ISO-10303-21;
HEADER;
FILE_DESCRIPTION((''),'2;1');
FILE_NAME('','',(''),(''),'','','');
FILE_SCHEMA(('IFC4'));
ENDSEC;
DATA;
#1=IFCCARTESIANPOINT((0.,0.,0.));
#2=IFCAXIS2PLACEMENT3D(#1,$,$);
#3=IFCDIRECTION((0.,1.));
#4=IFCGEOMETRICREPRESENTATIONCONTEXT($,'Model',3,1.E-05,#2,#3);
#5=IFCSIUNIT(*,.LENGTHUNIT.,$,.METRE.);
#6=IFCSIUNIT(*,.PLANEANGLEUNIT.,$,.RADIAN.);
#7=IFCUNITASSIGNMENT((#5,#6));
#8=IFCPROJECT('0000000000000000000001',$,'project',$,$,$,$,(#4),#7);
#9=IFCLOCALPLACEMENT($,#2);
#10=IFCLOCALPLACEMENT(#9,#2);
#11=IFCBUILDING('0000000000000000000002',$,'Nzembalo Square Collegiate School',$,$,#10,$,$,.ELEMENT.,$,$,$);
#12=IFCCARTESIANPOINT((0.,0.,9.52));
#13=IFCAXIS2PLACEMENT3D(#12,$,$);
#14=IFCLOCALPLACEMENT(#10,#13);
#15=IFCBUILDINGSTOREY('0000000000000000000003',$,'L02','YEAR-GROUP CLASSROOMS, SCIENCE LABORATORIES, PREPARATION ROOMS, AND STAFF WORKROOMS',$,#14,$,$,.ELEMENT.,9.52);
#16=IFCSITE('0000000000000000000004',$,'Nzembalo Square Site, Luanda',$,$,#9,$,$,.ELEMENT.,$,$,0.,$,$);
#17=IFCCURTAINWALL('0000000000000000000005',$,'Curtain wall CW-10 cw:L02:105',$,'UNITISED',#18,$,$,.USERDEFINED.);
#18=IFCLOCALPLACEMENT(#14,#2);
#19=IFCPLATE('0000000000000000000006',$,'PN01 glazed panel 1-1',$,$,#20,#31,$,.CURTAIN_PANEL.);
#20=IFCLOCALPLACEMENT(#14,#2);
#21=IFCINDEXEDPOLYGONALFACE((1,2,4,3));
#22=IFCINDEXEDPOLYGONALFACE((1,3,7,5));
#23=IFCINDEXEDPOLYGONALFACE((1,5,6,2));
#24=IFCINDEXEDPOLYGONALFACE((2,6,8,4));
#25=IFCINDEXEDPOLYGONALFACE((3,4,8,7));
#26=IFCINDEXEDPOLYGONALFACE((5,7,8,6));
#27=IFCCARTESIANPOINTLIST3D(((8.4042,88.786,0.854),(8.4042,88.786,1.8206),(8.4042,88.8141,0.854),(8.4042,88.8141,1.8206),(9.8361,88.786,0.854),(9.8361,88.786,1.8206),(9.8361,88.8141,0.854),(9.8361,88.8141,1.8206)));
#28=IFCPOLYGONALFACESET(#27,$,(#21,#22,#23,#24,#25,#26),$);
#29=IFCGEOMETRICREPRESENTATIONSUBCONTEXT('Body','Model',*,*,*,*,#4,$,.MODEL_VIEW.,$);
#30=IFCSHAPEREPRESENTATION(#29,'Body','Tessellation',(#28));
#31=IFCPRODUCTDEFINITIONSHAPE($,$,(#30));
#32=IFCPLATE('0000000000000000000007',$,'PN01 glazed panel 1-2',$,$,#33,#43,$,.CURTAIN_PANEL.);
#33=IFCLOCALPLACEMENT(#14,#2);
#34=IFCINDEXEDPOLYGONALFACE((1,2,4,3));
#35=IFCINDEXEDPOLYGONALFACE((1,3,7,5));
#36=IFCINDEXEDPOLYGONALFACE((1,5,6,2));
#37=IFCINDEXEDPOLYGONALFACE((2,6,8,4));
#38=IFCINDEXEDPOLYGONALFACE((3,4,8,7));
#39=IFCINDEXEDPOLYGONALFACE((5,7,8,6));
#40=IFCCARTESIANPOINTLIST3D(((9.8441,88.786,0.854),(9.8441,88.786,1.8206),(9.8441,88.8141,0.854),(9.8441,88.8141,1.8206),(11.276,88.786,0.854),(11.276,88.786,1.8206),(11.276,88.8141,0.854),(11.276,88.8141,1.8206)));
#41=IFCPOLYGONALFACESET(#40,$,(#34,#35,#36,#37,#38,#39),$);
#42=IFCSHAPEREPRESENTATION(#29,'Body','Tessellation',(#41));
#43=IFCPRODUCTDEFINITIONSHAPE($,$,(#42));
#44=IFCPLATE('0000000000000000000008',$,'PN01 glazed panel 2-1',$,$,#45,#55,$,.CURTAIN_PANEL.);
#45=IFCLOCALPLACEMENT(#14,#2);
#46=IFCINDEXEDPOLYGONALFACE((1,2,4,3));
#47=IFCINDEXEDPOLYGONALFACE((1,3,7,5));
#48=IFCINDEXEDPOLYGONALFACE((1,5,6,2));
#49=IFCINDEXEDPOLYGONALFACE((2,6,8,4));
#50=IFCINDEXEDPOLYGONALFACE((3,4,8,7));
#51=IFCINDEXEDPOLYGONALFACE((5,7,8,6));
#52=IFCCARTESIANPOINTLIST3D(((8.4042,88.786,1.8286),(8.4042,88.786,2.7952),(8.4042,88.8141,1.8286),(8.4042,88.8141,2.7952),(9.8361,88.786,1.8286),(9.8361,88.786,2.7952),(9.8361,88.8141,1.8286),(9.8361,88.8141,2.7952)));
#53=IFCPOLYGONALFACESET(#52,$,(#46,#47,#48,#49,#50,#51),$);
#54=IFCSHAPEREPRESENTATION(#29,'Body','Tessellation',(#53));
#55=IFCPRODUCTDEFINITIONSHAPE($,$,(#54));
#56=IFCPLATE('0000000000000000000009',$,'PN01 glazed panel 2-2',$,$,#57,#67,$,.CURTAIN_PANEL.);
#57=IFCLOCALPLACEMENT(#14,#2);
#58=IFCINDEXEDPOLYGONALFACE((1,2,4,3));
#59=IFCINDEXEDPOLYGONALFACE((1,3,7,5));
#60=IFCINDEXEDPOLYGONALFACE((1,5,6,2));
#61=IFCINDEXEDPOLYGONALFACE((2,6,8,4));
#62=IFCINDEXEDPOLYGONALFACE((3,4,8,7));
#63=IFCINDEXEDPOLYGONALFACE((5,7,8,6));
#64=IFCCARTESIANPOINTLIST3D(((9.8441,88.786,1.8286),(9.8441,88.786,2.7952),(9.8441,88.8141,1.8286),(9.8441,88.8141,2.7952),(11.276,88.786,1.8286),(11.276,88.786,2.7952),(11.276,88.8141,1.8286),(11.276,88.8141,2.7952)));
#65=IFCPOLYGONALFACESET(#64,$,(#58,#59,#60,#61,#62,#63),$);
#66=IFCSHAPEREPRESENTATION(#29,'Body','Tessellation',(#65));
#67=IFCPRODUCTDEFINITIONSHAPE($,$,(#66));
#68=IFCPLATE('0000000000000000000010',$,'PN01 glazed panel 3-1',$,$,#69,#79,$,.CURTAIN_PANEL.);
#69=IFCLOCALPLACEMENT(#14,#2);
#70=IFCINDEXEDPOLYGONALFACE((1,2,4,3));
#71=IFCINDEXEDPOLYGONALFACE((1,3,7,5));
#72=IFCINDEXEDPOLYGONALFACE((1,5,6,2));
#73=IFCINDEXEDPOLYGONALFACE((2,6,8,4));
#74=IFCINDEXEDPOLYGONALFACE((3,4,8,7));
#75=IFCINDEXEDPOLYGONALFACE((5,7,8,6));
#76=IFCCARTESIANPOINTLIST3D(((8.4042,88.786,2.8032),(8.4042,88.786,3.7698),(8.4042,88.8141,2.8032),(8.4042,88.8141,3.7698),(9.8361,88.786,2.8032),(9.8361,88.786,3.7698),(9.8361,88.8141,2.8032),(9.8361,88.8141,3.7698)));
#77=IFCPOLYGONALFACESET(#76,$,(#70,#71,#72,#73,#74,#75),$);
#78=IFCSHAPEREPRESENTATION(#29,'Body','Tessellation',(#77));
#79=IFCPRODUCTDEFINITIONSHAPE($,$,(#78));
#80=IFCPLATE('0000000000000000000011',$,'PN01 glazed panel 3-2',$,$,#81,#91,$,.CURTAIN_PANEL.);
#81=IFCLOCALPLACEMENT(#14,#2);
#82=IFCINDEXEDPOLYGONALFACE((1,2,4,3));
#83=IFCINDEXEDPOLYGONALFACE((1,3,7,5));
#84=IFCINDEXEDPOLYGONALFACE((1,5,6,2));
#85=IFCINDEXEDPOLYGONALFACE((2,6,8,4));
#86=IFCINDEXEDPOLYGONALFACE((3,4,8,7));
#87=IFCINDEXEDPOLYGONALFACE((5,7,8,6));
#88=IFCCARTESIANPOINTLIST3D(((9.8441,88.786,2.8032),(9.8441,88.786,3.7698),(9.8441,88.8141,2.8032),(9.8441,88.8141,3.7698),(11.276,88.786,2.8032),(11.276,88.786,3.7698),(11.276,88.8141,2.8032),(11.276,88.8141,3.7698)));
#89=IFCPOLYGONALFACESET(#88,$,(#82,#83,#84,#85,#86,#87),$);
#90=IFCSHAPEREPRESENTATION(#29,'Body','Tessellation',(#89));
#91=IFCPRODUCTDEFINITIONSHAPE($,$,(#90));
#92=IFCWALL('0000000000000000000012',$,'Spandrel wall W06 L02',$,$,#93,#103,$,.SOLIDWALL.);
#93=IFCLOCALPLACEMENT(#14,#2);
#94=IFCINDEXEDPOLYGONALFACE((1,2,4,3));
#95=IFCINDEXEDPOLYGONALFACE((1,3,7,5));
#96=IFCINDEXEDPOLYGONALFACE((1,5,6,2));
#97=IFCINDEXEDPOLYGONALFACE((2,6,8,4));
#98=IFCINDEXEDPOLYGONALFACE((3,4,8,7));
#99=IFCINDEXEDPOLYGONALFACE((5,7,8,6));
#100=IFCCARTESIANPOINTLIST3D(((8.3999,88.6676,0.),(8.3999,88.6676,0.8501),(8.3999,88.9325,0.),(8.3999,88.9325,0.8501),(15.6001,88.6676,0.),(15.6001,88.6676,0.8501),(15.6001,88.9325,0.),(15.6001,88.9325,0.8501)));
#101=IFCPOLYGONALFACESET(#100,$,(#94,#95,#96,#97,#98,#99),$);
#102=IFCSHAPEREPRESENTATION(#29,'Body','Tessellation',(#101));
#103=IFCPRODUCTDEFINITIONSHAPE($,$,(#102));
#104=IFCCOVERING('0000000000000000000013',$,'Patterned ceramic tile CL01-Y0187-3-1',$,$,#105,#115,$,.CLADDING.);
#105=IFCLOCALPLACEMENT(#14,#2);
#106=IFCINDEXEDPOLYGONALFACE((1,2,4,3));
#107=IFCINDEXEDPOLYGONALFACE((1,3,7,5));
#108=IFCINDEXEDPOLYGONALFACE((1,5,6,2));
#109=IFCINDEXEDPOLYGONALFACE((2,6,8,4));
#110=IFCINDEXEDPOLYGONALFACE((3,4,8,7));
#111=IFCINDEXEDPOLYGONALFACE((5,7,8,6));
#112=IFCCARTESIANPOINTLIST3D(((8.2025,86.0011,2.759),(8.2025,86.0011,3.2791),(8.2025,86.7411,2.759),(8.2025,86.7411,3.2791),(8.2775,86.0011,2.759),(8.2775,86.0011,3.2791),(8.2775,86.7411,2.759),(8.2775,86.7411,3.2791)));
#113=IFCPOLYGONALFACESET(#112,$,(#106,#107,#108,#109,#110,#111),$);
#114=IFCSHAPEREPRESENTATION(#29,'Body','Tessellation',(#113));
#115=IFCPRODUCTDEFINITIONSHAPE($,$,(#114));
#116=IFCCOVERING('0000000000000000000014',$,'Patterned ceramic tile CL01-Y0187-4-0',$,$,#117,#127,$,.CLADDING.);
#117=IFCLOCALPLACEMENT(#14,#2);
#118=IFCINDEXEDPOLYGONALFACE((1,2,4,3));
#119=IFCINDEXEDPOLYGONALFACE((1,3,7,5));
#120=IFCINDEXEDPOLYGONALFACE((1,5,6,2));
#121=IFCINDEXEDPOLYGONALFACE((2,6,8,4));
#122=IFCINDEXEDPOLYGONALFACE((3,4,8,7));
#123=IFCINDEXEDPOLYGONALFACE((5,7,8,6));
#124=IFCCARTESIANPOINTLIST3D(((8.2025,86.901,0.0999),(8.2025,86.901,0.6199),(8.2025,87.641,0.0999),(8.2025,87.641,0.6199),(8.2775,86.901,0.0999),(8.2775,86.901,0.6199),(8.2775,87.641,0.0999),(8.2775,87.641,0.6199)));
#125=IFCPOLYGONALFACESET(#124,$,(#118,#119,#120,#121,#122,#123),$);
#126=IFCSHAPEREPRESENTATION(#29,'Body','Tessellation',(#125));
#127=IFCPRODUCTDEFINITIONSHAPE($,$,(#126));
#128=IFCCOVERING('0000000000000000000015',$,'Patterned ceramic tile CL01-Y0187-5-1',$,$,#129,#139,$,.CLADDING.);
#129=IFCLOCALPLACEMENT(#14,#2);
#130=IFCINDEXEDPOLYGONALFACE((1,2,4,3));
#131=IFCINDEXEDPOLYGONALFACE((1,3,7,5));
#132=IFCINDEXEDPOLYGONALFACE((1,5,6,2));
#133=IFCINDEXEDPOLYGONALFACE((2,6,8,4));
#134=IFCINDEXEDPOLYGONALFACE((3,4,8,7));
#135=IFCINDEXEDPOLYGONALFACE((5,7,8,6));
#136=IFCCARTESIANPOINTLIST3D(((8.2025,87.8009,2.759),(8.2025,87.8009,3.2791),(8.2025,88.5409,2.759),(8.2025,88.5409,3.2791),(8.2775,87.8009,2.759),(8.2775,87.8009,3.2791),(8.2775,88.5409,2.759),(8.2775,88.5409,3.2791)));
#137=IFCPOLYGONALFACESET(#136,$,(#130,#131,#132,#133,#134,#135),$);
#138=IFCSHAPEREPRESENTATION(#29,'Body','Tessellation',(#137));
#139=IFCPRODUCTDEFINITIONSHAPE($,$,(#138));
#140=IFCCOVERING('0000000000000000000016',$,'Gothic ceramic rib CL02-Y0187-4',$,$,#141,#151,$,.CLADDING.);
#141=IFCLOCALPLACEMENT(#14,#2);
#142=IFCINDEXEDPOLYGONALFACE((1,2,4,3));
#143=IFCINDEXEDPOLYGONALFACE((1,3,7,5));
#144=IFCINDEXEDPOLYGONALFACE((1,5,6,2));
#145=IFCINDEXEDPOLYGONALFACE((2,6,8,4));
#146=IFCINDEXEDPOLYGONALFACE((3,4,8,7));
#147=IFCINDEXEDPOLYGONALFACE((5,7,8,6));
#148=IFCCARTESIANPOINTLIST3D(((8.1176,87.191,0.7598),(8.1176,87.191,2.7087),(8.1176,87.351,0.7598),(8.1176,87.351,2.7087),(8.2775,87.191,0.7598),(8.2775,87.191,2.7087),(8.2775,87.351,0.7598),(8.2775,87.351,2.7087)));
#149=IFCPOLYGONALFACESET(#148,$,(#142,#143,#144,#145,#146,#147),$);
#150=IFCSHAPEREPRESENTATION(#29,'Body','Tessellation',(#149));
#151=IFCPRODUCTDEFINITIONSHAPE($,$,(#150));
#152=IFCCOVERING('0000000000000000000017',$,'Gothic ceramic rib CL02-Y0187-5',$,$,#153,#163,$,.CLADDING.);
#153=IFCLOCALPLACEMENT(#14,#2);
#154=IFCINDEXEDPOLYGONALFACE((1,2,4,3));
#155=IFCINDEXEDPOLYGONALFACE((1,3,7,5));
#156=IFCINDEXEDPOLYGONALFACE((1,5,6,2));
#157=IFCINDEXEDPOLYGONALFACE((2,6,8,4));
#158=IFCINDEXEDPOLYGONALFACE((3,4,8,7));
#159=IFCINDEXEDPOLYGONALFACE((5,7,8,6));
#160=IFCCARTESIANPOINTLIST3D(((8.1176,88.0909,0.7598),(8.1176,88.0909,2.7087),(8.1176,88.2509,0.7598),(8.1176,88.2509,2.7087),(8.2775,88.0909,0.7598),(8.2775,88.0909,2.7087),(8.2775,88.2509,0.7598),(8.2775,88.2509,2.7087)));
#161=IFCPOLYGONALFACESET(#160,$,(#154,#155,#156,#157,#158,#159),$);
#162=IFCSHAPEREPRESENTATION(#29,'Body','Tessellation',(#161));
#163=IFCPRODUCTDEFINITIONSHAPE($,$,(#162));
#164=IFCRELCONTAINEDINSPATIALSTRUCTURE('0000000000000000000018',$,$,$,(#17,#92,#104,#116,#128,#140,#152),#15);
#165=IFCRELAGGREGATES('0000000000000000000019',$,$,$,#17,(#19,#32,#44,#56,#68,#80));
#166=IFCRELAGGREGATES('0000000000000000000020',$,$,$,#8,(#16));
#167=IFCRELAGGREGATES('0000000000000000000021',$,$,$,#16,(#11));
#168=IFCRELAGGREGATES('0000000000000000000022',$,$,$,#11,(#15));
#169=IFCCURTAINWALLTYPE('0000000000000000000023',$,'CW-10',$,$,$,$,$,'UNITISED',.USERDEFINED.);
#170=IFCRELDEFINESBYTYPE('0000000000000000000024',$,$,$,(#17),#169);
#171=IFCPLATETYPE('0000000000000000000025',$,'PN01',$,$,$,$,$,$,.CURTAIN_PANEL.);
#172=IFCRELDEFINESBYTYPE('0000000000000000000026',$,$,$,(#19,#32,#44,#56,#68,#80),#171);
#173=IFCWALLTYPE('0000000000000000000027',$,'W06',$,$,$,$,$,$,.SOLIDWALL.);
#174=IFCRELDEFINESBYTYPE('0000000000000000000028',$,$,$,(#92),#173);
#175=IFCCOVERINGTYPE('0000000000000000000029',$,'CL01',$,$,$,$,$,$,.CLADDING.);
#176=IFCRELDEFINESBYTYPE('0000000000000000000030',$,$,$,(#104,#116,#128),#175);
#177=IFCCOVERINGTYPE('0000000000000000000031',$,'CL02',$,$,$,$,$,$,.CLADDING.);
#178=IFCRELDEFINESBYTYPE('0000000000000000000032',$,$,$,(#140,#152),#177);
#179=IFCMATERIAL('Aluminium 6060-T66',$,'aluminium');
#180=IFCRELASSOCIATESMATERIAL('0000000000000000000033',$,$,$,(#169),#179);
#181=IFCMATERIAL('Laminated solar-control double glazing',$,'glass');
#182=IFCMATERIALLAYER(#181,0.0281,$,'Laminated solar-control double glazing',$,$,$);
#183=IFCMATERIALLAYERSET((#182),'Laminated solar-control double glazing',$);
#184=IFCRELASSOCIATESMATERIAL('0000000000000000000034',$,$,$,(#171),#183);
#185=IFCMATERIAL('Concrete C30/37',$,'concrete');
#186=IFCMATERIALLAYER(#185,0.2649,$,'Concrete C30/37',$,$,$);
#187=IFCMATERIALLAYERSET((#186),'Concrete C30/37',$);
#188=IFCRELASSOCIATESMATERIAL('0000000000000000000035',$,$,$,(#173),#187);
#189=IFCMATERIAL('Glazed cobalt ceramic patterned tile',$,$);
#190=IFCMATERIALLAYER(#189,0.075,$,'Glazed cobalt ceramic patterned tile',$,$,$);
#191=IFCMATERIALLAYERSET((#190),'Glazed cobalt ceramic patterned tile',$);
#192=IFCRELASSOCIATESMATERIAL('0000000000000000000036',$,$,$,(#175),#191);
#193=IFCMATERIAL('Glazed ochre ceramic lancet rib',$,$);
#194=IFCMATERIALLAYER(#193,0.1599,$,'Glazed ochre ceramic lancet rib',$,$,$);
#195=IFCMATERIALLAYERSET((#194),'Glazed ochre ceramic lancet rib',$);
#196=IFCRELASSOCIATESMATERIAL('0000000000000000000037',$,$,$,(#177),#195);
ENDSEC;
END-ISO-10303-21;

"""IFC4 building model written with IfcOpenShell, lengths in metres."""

from ifc_helpers import new_model, si_unit, direction, frame, frame_2d, origin, origin_2d, place, context, subcontext, project, spatial, rectangle, extrude, material, layer, layer_set, type_object, element, aggregate, save


model = new_model("IFC4")

# Units and contexts
model_context = context("Model", 3, precision=1e-05, world=origin(), true_north=direction((0.0, 1.0)))
body_context = subcontext(model_context, "Body", "Model", "MODEL_VIEW")
ifc_project = project(units=[si_unit("LENGTHUNIT", "METRE"), si_unit("PLANEANGLEUNIT", "RADIAN")], contexts=[model_context])

# Site, building, storey
site_placement = place(None, origin())
site = spatial("IfcSite", under=ifc_project, at=site_placement, Name="Nzembalo Square Site, Luanda", CompositionType="ELEMENT", RefElevation=0.0)
building_placement = place(site_placement, origin())
building = spatial("IfcBuilding", under=site, at=building_placement, Name="Nzembalo Square Collegiate School", CompositionType="ELEMENT")
storey_placement = place(building_placement, frame((0.0, 0.0, 9.52)))
storey = spatial("IfcBuildingStorey", under=building, at=storey_placement, Name="L02", Description="YEAR-GROUP CLASSROOMS, SCIENCE LABORATORIES, PREPARATION ROOMS, AND STAFF WORKROOMS", CompositionType="ELEMENT", Elevation=9.52)

# Curtain wall, plates
ifc_material_1 = material(Name="Aluminium 6060-T66", Category="aluminium")
curtain_wall_type = type_object("IfcCurtainWallType", Name="CW-10", ElementType="UNITISED", PredefinedType="USERDEFINED", material=ifc_material_1)
curtain_wall_placement = place(storey_placement, origin())
curtain_wall = element("IfcCurtainWall", 1, at=curtain_wall_placement, inside=storey, type_object=curtain_wall_type, Name="Curtain wall CW-10 cw:L02:105", ObjectType="UNITISED", PredefinedType="USERDEFINED")
ifc_material_2 = material(Name="Laminated solar-control double glazing", Category="glass")
ifc_layer_1 = layer(ifc_material_2, 0.0281, Name="Laminated solar-control double glazing")
ifc_layer_set_1 = layer_set([ifc_layer_1], Name="Laminated solar-control double glazing")
plate_type = type_object("IfcPlateType", Name="PN01", PredefinedType="CURTAIN_PANEL", material=ifc_layer_set_1)
plate_1_placement = place(storey_placement, frame((9.1201, 88.8, 0.854), z_axis=(0.0, 0.0, 1.0), x_axis=(1.0, 0.0, 0.0)))
plate_1 = element("IfcPlate", 2, at=plate_1_placement, type_object=plate_type, Name="PN01 glazed panel 1-1", PredefinedType="CURTAIN_PANEL", context=body_context, shape_type="SweptSolid", body=[
    extrude(rectangle(XDim=1.4319, YDim=0.0281, at=origin_2d()), origin(), (0.0, 0.0, 1.0), 0.9666),
])
plate_2_placement = place(storey_placement, frame((10.5601, 88.8, 0.854), z_axis=(0.0, 0.0, 1.0), x_axis=(1.0, 0.0, 0.0)))
plate_2 = element("IfcPlate", 3, at=plate_2_placement, type_object=plate_type, Name="PN01 glazed panel 1-2", PredefinedType="CURTAIN_PANEL", context=body_context, shape_type="SweptSolid", body=[
    extrude(rectangle(XDim=1.4319, YDim=0.0281, at=origin_2d()), origin(), (0.0, 0.0, 1.0), 0.9666),
])
plate_3_placement = place(storey_placement, frame((9.1201, 88.8, 1.8286), z_axis=(0.0, 0.0, 1.0), x_axis=(1.0, 0.0, 0.0)))
plate_3 = element("IfcPlate", 4, at=plate_3_placement, type_object=plate_type, Name="PN01 glazed panel 2-1", PredefinedType="CURTAIN_PANEL", context=body_context, shape_type="SweptSolid", body=[
    extrude(rectangle(XDim=1.4319, YDim=0.0281, at=origin_2d()), origin(), (0.0, 0.0, 1.0), 0.9666),
])
plate_4_placement = place(storey_placement, frame((10.5601, 88.8, 1.8286), z_axis=(0.0, 0.0, 1.0), x_axis=(1.0, 0.0, 0.0)))
plate_4 = element("IfcPlate", 5, at=plate_4_placement, type_object=plate_type, Name="PN01 glazed panel 2-2", PredefinedType="CURTAIN_PANEL", context=body_context, shape_type="SweptSolid", body=[
    extrude(rectangle(XDim=1.4319, YDim=0.0281, at=origin_2d()), origin(), (0.0, 0.0, 1.0), 0.9666),
])
plate_5_placement = place(storey_placement, frame((9.1201, 88.8, 2.8032), z_axis=(0.0, 0.0, 1.0), x_axis=(1.0, 0.0, 0.0)))
plate_5 = element("IfcPlate", 6, at=plate_5_placement, type_object=plate_type, Name="PN01 glazed panel 3-1", PredefinedType="CURTAIN_PANEL", context=body_context, shape_type="SweptSolid", body=[
    extrude(rectangle(XDim=1.4319, YDim=0.0281, at=origin_2d()), origin(), (0.0, 0.0, 1.0), 0.9666),
])
plate_6_placement = place(storey_placement, frame((10.5601, 88.8, 2.8032), z_axis=(0.0, 0.0, 1.0), x_axis=(1.0, 0.0, 0.0)))
plate_6 = element("IfcPlate", 7, at=plate_6_placement, type_object=plate_type, Name="PN01 glazed panel 3-2", PredefinedType="CURTAIN_PANEL", context=body_context, shape_type="SweptSolid", body=[
    extrude(rectangle(XDim=1.4319, YDim=0.0281, at=origin_2d()), origin(), (0.0, 0.0, 1.0), 0.9666),
])
aggregate(curtain_wall, [plate_1, plate_2, plate_3, plate_4, plate_5, plate_6])

# Wall
ifc_material_3 = material(Name="Concrete C30/37", Category="concrete")
ifc_layer_2 = layer(ifc_material_3, 0.2649, Name="Concrete C30/37")
ifc_layer_set_2 = layer_set([ifc_layer_2], Name="Concrete C30/37")
wall_type = type_object("IfcWallType", Name="W06", PredefinedType="SOLIDWALL", material=ifc_layer_set_2)
wall_placement = place(storey_placement, frame((8.3999, 88.8, 0.0), z_axis=(0.0, 0.0, 1.0), x_axis=(1.0, 0.0, 0.0)))
element("IfcWall", 8, at=wall_placement, inside=storey, type_object=wall_type, Name="Spandrel wall W06 L02", PredefinedType="SOLIDWALL", context=body_context, shape_type="SweptSolid", body=[
    extrude(rectangle(XDim=7.2002, YDim=0.2649, at=frame_2d((3.6001, 0.0))), origin(), (0.0, 0.0, 1.0), 0.8501),
])

# Coverings
ifc_material_4 = material(Name="Glazed cobalt ceramic patterned tile")
ifc_layer_3 = layer(ifc_material_4, 0.075, Name="Glazed cobalt ceramic patterned tile")
ifc_layer_set_3 = layer_set([ifc_layer_3], Name="Glazed cobalt ceramic patterned tile")
covering_type_1 = type_object("IfcCoveringType", Name="CL01", PredefinedType="CLADDING", material=ifc_layer_set_3)
for number, where, z_axis, x_axis, name in (
    (9, (8.24, 86.3711, 2.759), (0.0, 0.0, 1.0), (1.0, 0.0, 0.0), "Patterned ceramic tile CL01-Y0187-3-1"),
    (10, (8.24, 87.271, 0.0999), (0.0, 0.0, 1.0), (1.0, 0.0, 0.0), "Patterned ceramic tile CL01-Y0187-4-0"),
    (11, (8.24, 88.1709, 2.759), (0.0, 0.0, 1.0), (1.0, 0.0, 0.0), "Patterned ceramic tile CL01-Y0187-5-1"),
):
    element("IfcCovering", number, at=place(storey_placement, frame(where, z_axis=z_axis, x_axis=x_axis)), inside=storey, type_object=covering_type_1, Name=name, PredefinedType="CLADDING", context=body_context, shape_type="SweptSolid", body=[
        extrude(rectangle(XDim=0.075, YDim=0.74, at=origin_2d()), origin(), (0.0, 0.0, 1.0), 0.52),
    ])
ifc_material_5 = material(Name="Glazed ochre ceramic lancet rib")
ifc_layer_4 = layer(ifc_material_5, 0.1599, Name="Glazed ochre ceramic lancet rib")
ifc_layer_set_4 = layer_set([ifc_layer_4], Name="Glazed ochre ceramic lancet rib")
covering_type_2 = type_object("IfcCoveringType", Name="CL02", PredefinedType="CLADDING", material=ifc_layer_set_4)
for number, where, z_axis, x_axis, name in (
    (12, (8.1975, 87.271, 0.7598), (0.0, 0.0, 1.0), (1.0, 0.0, 0.0), "Gothic ceramic rib CL02-Y0187-4"),
    (13, (8.1975, 88.1709, 0.7598), (0.0, 0.0, 1.0), (1.0, 0.0, 0.0), "Gothic ceramic rib CL02-Y0187-5"),
):
    element("IfcCovering", number, at=place(storey_placement, frame(where, z_axis=z_axis, x_axis=x_axis)), inside=storey, type_object=covering_type_2, Name=name, PredefinedType="CLADDING", context=body_context, shape_type="SweptSolid", body=[
        extrude(rectangle(XDim=0.1599, YDim=0.1599, at=origin_2d()), origin(), (0.0, 0.0, 1.0), 1.949),
    ])

save(model, "model.ifc")
